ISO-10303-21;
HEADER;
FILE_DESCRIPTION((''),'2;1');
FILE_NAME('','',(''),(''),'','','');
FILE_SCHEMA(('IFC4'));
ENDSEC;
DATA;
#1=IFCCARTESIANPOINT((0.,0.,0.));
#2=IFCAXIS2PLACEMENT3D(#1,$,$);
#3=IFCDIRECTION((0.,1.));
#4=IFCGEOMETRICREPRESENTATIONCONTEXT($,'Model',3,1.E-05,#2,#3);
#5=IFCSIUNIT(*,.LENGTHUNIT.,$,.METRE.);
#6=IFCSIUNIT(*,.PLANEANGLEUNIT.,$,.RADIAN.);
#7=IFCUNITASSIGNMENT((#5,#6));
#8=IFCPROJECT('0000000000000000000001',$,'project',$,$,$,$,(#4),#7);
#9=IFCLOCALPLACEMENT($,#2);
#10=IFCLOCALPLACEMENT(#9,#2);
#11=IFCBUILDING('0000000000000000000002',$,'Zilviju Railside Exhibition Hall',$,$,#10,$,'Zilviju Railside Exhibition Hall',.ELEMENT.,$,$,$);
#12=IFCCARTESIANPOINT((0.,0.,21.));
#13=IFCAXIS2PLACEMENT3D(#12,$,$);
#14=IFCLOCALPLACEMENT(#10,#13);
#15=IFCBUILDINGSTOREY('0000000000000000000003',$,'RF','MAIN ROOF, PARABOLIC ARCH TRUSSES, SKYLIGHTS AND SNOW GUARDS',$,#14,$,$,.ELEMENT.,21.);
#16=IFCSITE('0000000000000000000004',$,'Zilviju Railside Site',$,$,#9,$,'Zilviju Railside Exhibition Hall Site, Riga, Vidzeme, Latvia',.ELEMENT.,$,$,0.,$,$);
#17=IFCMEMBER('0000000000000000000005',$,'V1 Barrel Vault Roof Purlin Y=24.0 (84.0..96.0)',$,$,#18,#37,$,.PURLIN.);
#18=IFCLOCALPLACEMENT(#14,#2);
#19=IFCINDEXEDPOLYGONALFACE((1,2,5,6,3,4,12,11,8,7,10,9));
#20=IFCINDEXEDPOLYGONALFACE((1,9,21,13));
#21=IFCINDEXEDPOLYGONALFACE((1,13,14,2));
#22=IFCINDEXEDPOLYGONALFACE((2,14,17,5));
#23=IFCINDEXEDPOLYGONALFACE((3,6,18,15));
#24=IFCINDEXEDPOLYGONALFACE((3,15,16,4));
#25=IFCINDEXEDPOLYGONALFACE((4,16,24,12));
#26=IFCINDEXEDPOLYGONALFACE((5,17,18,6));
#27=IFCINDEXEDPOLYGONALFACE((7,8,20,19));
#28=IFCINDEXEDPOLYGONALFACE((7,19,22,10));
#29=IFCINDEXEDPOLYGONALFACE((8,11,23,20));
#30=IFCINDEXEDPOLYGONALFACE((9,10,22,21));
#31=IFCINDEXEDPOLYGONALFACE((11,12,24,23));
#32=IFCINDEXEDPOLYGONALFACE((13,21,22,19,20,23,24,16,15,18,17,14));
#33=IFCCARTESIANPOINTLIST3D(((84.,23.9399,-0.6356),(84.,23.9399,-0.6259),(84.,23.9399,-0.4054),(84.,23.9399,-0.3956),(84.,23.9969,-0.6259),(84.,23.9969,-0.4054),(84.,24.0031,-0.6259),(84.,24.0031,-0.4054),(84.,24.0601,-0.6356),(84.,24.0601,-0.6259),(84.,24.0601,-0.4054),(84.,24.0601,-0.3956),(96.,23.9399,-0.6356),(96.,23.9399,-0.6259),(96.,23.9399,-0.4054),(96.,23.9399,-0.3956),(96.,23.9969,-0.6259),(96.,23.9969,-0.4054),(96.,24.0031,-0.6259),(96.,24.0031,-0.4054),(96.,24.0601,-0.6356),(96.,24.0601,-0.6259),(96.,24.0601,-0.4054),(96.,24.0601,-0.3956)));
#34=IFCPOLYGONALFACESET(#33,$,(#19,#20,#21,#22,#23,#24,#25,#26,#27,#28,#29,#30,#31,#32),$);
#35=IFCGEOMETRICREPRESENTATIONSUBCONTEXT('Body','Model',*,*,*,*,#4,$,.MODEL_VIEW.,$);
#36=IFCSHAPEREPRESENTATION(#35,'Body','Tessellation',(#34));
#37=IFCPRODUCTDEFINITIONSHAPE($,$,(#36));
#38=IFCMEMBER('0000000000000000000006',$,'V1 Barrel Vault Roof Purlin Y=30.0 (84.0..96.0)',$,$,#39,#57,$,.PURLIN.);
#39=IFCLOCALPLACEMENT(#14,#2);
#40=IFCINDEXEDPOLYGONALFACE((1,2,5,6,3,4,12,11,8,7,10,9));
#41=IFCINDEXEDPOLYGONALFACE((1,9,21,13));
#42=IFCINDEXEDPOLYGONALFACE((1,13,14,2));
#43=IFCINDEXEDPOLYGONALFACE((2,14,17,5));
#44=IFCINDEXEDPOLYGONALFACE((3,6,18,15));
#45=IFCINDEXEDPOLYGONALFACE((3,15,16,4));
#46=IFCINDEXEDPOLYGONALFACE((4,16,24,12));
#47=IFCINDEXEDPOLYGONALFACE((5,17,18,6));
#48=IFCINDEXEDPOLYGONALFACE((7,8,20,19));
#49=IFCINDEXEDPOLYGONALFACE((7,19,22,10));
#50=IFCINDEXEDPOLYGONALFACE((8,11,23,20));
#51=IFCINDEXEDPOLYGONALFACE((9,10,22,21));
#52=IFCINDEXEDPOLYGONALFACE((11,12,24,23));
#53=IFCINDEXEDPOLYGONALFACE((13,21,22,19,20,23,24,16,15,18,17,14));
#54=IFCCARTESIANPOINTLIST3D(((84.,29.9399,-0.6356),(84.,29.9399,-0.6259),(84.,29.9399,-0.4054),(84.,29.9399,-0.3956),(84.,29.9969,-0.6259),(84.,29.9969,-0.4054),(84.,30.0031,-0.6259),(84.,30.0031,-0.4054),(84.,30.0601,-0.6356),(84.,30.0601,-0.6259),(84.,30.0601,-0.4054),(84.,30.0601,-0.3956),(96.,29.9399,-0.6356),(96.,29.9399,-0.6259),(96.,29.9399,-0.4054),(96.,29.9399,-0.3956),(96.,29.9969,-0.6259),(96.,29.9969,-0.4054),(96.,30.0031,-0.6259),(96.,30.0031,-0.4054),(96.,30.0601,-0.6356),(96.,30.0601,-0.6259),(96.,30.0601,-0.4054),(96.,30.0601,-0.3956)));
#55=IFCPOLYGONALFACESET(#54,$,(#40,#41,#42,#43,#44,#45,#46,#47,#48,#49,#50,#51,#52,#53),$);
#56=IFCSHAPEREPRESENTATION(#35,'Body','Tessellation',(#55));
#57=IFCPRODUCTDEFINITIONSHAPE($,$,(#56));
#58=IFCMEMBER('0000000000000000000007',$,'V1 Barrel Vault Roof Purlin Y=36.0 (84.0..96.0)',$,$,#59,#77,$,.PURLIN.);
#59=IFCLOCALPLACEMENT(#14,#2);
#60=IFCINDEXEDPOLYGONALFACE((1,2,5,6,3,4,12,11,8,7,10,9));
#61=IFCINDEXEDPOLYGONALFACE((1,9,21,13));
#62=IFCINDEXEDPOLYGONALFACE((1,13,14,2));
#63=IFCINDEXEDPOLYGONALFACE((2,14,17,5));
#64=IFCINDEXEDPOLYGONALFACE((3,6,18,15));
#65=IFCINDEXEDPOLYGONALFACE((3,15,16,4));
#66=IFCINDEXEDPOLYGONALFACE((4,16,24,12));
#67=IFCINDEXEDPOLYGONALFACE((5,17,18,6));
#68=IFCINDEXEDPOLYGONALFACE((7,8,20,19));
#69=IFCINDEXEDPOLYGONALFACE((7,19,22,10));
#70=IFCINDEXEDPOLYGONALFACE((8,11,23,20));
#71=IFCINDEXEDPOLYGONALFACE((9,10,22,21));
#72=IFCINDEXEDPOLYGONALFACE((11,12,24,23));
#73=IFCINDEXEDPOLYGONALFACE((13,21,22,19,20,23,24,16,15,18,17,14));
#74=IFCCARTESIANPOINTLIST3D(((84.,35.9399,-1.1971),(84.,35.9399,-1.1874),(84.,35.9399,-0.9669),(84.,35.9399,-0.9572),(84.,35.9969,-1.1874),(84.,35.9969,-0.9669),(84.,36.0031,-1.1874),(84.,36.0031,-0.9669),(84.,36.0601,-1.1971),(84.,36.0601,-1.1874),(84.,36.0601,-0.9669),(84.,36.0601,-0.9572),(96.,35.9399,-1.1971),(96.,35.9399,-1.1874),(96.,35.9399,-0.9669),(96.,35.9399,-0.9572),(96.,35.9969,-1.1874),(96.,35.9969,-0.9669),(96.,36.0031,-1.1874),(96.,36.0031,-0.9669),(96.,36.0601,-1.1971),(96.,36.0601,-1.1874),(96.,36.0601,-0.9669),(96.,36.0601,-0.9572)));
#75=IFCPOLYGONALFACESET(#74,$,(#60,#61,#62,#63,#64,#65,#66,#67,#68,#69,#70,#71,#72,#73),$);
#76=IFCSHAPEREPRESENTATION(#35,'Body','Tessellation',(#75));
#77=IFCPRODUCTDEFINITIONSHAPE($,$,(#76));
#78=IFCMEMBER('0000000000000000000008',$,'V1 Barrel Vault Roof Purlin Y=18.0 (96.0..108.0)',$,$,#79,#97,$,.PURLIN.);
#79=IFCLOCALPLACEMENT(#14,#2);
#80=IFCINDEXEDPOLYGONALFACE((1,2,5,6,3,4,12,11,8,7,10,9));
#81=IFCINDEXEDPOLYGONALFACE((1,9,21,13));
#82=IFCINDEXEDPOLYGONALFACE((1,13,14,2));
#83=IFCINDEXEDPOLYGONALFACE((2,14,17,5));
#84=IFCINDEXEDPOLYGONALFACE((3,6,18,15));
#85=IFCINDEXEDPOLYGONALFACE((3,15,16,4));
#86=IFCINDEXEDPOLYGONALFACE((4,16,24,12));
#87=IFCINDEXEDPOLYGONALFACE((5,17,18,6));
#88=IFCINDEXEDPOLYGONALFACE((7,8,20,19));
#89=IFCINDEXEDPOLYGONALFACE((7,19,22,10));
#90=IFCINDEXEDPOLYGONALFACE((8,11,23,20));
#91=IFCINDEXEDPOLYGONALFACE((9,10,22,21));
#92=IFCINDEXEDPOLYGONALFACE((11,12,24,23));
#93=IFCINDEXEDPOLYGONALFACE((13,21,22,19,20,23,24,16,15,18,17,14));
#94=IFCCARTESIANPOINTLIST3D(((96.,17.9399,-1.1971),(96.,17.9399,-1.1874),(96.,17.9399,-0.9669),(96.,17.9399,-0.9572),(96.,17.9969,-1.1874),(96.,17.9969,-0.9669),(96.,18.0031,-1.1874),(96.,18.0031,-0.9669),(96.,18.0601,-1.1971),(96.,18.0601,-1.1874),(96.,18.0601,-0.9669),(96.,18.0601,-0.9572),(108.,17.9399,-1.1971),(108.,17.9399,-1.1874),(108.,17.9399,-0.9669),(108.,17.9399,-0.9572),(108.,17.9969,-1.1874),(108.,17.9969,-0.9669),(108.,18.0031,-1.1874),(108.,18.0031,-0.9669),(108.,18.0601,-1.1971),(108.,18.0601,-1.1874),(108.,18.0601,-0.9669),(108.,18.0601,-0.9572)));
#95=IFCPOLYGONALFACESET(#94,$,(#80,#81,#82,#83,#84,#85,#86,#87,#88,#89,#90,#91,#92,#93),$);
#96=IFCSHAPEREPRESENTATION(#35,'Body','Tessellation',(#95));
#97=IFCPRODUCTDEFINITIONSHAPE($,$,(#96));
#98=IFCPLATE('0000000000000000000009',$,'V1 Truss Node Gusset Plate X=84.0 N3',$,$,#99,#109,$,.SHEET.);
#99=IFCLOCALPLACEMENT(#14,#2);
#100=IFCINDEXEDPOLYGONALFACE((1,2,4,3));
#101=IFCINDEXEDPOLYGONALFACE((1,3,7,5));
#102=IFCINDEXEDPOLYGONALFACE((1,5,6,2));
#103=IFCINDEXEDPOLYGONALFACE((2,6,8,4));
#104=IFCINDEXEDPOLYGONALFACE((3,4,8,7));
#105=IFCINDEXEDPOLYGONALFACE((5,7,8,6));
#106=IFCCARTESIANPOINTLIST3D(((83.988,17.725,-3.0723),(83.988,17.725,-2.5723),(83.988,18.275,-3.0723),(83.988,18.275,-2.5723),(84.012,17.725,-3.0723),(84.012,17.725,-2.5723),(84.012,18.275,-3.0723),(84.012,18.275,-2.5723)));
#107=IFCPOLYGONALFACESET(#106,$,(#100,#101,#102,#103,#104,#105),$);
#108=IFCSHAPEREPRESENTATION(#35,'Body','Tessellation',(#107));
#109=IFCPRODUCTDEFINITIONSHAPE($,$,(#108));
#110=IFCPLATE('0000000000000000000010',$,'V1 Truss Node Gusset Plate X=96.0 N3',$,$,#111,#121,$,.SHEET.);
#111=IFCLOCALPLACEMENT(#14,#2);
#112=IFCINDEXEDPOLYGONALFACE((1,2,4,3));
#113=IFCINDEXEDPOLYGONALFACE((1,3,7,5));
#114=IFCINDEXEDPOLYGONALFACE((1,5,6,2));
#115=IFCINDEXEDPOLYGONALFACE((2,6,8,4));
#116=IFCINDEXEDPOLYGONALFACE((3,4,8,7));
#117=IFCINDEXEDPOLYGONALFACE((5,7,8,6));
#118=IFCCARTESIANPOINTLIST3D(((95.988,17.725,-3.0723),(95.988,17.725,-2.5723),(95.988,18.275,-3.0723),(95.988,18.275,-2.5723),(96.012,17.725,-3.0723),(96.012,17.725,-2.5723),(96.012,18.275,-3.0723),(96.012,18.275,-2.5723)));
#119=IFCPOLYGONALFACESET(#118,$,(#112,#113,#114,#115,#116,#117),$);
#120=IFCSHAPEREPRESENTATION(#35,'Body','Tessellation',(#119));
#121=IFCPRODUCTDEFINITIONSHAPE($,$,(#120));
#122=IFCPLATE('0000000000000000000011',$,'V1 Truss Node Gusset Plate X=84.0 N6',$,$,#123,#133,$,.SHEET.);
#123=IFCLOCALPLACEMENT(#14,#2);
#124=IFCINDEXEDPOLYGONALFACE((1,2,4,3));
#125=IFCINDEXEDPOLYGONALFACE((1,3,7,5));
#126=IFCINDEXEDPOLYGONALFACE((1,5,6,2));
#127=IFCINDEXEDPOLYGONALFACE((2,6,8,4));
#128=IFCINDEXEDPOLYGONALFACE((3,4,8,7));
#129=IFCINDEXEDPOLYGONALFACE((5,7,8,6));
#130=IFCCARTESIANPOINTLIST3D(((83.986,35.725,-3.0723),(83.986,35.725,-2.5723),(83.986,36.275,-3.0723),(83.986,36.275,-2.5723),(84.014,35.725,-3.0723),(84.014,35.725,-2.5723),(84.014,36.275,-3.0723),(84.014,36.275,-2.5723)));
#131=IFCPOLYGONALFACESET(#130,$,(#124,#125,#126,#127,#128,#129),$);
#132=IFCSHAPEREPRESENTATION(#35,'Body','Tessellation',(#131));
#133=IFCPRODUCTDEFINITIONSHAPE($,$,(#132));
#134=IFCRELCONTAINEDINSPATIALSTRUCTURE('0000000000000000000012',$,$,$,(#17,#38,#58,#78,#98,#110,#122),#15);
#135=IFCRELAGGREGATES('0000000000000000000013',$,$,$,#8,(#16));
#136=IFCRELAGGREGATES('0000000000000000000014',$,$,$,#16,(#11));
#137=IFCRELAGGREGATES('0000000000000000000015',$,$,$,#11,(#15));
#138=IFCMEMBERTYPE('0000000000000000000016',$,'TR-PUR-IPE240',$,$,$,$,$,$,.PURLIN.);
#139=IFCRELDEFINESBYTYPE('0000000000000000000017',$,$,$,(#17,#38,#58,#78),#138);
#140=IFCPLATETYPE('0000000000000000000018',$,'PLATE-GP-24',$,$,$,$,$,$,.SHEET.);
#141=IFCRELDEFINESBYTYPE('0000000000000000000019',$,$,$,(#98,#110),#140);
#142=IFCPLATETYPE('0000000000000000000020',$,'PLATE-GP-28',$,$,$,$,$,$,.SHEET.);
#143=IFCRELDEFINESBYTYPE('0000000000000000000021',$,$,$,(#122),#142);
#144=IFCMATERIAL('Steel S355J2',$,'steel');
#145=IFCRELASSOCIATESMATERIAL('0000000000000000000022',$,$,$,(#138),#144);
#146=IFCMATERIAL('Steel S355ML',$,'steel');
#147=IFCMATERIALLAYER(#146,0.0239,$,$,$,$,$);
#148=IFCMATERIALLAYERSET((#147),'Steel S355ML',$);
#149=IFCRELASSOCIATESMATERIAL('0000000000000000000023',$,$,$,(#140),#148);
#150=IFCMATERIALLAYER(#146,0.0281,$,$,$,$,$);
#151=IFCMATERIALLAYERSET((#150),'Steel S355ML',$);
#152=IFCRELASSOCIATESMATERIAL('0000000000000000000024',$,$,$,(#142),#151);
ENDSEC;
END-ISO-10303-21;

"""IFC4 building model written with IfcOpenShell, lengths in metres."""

from ifc_helpers import new_model, si_unit, direction, frame, origin, origin_2d, place, context, subcontext, project, spatial, rectangle, i_section, extrude, material, layer, layer_set, material_profile, profile_set, type_object, element, save


model = new_model("IFC4")

# Units and contexts
model_context = context("Model", 3, precision=1e-05, world=origin(), true_north=direction((0.0, 1.0)))
body_context = subcontext(model_context, "Body", "Model", "MODEL_VIEW")
ifc_project = project(units=[si_unit("LENGTHUNIT", "METRE"), si_unit("PLANEANGLEUNIT", "RADIAN")], contexts=[model_context])

# Site, building, storey
site_placement = place(None, origin())
site = spatial("IfcSite", under=ifc_project, at=site_placement, Name="Zilviju Railside Site", LongName="Zilviju Railside Exhibition Hall Site, Riga, Vidzeme, Latvia", CompositionType="ELEMENT", RefElevation=0.0)
building_placement = place(site_placement, origin())
building = spatial("IfcBuilding", under=site, at=building_placement, Name="Zilviju Railside Exhibition Hall", LongName="Zilviju Railside Exhibition Hall", CompositionType="ELEMENT")
storey_placement = place(building_placement, frame((0.0, 0.0, 21.0)))
storey = spatial("IfcBuildingStorey", under=building, at=storey_placement, Name="RF", Description="MAIN ROOF, PARABOLIC ARCH TRUSSES, SKYLIGHTS AND SNOW GUARDS", CompositionType="ELEMENT", Elevation=21.0)

# Members
ifc_material_1 = material(Name="Steel S355J2", Category="steel")
ifc_material_profile_1 = material_profile(ifc_material_1, i_section(OverallWidth=0.1201, OverallDepth=0.24, WebThickness=0.0061, FlangeThickness=0.0098, at=origin_2d()), Name="IPE 240")
ifc_profile_set_1 = profile_set([ifc_material_profile_1], Name="Steel S355J2")
member_type_1 = type_object("IfcMemberType", Name="TR-PUR-IPE240", PredefinedType="PURLIN", material=ifc_profile_set_1)
for number, where, z_axis, x_axis, name in (
    (1, (84.0, 24.0, -0.5156), (1.0, 0.0, 0.0), (0.0, 1.0, 0.0), "V1 Barrel Vault Roof Purlin Y=24.0 (84.0..96.0)"),
    (2, (84.0, 30.0, -0.5156), (1.0, 0.0, 0.0), (0.0, 1.0, 0.0), "V1 Barrel Vault Roof Purlin Y=30.0 (84.0..96.0)"),
    (3, (84.0, 36.0, -1.0771), (1.0, 0.0, 0.0), (0.0, 1.0, 0.0), "V1 Barrel Vault Roof Purlin Y=36.0 (84.0..96.0)"),
    (4, (96.0, 18.0, -1.0771), (1.0, 0.0, 0.0), (0.0, 1.0, 0.0), "V1 Barrel Vault Roof Purlin Y=18.0 (96.0..108.0)"),
):
    element("IfcMember", number, at=place(storey_placement, frame(where, z_axis=z_axis, x_axis=x_axis)), inside=storey, type_object=member_type_1, Name=name, PredefinedType="PURLIN", context=body_context, shape_type="SweptSolid", body=[
        extrude(i_section(OverallWidth=0.1201, OverallDepth=0.24, WebThickness=0.0061, FlangeThickness=0.0098, at=origin_2d()), origin(), (0.0, 0.0, 1.0), 12.0),
    ])

# Plates
ifc_material_2 = material(Name="Steel S355ML", Category="steel")
ifc_layer_1 = layer(ifc_material_2, 0.0239)
ifc_layer_set_1 = layer_set([ifc_layer_1], Name="Steel S355ML")
plate_type_1 = type_object("IfcPlateType", Name="PLATE-GP-24", PredefinedType="SHEET", material=ifc_layer_set_1)
for number, where, z_axis, x_axis, name in (
    (5, (84.0, 18.0, -3.0723), (0.0, 0.0, 1.0), (1.0, 0.0, 0.0), "V1 Truss Node Gusset Plate X=84.0 N3"),
    (6, (96.0, 18.0, -3.0723), (0.0, 0.0, 1.0), (1.0, 0.0, 0.0), "V1 Truss Node Gusset Plate X=96.0 N3"),
):
    element("IfcPlate", number, at=place(storey_placement, frame(where, z_axis=z_axis, x_axis=x_axis)), inside=storey, type_object=plate_type_1, Name=name, PredefinedType="SHEET", context=body_context, shape_type="SweptSolid", body=[
        extrude(rectangle(XDim=0.0239, YDim=0.55, at=origin_2d()), origin(), (0.0, 0.0, 1.0), 0.5),
    ])
ifc_layer_2 = layer(ifc_material_2, 0.0281)
ifc_layer_set_2 = layer_set([ifc_layer_2], Name="Steel S355ML")
plate_type_2 = type_object("IfcPlateType", Name="PLATE-GP-28", PredefinedType="SHEET", material=ifc_layer_set_2)
plate_placement = place(storey_placement, frame((84.0, 36.0, -3.0723), z_axis=(0.0, 0.0, 1.0), x_axis=(1.0, 0.0, 0.0)))
element("IfcPlate", 7, at=plate_placement, inside=storey, type_object=plate_type_2, Name="V1 Truss Node Gusset Plate X=84.0 N6", PredefinedType="SHEET", context=body_context, shape_type="SweptSolid", body=[
    extrude(rectangle(XDim=0.0281, YDim=0.55, at=origin_2d()), origin(), (0.0, 0.0, 1.0), 0.5),
])

save(model, "model.ifc")
